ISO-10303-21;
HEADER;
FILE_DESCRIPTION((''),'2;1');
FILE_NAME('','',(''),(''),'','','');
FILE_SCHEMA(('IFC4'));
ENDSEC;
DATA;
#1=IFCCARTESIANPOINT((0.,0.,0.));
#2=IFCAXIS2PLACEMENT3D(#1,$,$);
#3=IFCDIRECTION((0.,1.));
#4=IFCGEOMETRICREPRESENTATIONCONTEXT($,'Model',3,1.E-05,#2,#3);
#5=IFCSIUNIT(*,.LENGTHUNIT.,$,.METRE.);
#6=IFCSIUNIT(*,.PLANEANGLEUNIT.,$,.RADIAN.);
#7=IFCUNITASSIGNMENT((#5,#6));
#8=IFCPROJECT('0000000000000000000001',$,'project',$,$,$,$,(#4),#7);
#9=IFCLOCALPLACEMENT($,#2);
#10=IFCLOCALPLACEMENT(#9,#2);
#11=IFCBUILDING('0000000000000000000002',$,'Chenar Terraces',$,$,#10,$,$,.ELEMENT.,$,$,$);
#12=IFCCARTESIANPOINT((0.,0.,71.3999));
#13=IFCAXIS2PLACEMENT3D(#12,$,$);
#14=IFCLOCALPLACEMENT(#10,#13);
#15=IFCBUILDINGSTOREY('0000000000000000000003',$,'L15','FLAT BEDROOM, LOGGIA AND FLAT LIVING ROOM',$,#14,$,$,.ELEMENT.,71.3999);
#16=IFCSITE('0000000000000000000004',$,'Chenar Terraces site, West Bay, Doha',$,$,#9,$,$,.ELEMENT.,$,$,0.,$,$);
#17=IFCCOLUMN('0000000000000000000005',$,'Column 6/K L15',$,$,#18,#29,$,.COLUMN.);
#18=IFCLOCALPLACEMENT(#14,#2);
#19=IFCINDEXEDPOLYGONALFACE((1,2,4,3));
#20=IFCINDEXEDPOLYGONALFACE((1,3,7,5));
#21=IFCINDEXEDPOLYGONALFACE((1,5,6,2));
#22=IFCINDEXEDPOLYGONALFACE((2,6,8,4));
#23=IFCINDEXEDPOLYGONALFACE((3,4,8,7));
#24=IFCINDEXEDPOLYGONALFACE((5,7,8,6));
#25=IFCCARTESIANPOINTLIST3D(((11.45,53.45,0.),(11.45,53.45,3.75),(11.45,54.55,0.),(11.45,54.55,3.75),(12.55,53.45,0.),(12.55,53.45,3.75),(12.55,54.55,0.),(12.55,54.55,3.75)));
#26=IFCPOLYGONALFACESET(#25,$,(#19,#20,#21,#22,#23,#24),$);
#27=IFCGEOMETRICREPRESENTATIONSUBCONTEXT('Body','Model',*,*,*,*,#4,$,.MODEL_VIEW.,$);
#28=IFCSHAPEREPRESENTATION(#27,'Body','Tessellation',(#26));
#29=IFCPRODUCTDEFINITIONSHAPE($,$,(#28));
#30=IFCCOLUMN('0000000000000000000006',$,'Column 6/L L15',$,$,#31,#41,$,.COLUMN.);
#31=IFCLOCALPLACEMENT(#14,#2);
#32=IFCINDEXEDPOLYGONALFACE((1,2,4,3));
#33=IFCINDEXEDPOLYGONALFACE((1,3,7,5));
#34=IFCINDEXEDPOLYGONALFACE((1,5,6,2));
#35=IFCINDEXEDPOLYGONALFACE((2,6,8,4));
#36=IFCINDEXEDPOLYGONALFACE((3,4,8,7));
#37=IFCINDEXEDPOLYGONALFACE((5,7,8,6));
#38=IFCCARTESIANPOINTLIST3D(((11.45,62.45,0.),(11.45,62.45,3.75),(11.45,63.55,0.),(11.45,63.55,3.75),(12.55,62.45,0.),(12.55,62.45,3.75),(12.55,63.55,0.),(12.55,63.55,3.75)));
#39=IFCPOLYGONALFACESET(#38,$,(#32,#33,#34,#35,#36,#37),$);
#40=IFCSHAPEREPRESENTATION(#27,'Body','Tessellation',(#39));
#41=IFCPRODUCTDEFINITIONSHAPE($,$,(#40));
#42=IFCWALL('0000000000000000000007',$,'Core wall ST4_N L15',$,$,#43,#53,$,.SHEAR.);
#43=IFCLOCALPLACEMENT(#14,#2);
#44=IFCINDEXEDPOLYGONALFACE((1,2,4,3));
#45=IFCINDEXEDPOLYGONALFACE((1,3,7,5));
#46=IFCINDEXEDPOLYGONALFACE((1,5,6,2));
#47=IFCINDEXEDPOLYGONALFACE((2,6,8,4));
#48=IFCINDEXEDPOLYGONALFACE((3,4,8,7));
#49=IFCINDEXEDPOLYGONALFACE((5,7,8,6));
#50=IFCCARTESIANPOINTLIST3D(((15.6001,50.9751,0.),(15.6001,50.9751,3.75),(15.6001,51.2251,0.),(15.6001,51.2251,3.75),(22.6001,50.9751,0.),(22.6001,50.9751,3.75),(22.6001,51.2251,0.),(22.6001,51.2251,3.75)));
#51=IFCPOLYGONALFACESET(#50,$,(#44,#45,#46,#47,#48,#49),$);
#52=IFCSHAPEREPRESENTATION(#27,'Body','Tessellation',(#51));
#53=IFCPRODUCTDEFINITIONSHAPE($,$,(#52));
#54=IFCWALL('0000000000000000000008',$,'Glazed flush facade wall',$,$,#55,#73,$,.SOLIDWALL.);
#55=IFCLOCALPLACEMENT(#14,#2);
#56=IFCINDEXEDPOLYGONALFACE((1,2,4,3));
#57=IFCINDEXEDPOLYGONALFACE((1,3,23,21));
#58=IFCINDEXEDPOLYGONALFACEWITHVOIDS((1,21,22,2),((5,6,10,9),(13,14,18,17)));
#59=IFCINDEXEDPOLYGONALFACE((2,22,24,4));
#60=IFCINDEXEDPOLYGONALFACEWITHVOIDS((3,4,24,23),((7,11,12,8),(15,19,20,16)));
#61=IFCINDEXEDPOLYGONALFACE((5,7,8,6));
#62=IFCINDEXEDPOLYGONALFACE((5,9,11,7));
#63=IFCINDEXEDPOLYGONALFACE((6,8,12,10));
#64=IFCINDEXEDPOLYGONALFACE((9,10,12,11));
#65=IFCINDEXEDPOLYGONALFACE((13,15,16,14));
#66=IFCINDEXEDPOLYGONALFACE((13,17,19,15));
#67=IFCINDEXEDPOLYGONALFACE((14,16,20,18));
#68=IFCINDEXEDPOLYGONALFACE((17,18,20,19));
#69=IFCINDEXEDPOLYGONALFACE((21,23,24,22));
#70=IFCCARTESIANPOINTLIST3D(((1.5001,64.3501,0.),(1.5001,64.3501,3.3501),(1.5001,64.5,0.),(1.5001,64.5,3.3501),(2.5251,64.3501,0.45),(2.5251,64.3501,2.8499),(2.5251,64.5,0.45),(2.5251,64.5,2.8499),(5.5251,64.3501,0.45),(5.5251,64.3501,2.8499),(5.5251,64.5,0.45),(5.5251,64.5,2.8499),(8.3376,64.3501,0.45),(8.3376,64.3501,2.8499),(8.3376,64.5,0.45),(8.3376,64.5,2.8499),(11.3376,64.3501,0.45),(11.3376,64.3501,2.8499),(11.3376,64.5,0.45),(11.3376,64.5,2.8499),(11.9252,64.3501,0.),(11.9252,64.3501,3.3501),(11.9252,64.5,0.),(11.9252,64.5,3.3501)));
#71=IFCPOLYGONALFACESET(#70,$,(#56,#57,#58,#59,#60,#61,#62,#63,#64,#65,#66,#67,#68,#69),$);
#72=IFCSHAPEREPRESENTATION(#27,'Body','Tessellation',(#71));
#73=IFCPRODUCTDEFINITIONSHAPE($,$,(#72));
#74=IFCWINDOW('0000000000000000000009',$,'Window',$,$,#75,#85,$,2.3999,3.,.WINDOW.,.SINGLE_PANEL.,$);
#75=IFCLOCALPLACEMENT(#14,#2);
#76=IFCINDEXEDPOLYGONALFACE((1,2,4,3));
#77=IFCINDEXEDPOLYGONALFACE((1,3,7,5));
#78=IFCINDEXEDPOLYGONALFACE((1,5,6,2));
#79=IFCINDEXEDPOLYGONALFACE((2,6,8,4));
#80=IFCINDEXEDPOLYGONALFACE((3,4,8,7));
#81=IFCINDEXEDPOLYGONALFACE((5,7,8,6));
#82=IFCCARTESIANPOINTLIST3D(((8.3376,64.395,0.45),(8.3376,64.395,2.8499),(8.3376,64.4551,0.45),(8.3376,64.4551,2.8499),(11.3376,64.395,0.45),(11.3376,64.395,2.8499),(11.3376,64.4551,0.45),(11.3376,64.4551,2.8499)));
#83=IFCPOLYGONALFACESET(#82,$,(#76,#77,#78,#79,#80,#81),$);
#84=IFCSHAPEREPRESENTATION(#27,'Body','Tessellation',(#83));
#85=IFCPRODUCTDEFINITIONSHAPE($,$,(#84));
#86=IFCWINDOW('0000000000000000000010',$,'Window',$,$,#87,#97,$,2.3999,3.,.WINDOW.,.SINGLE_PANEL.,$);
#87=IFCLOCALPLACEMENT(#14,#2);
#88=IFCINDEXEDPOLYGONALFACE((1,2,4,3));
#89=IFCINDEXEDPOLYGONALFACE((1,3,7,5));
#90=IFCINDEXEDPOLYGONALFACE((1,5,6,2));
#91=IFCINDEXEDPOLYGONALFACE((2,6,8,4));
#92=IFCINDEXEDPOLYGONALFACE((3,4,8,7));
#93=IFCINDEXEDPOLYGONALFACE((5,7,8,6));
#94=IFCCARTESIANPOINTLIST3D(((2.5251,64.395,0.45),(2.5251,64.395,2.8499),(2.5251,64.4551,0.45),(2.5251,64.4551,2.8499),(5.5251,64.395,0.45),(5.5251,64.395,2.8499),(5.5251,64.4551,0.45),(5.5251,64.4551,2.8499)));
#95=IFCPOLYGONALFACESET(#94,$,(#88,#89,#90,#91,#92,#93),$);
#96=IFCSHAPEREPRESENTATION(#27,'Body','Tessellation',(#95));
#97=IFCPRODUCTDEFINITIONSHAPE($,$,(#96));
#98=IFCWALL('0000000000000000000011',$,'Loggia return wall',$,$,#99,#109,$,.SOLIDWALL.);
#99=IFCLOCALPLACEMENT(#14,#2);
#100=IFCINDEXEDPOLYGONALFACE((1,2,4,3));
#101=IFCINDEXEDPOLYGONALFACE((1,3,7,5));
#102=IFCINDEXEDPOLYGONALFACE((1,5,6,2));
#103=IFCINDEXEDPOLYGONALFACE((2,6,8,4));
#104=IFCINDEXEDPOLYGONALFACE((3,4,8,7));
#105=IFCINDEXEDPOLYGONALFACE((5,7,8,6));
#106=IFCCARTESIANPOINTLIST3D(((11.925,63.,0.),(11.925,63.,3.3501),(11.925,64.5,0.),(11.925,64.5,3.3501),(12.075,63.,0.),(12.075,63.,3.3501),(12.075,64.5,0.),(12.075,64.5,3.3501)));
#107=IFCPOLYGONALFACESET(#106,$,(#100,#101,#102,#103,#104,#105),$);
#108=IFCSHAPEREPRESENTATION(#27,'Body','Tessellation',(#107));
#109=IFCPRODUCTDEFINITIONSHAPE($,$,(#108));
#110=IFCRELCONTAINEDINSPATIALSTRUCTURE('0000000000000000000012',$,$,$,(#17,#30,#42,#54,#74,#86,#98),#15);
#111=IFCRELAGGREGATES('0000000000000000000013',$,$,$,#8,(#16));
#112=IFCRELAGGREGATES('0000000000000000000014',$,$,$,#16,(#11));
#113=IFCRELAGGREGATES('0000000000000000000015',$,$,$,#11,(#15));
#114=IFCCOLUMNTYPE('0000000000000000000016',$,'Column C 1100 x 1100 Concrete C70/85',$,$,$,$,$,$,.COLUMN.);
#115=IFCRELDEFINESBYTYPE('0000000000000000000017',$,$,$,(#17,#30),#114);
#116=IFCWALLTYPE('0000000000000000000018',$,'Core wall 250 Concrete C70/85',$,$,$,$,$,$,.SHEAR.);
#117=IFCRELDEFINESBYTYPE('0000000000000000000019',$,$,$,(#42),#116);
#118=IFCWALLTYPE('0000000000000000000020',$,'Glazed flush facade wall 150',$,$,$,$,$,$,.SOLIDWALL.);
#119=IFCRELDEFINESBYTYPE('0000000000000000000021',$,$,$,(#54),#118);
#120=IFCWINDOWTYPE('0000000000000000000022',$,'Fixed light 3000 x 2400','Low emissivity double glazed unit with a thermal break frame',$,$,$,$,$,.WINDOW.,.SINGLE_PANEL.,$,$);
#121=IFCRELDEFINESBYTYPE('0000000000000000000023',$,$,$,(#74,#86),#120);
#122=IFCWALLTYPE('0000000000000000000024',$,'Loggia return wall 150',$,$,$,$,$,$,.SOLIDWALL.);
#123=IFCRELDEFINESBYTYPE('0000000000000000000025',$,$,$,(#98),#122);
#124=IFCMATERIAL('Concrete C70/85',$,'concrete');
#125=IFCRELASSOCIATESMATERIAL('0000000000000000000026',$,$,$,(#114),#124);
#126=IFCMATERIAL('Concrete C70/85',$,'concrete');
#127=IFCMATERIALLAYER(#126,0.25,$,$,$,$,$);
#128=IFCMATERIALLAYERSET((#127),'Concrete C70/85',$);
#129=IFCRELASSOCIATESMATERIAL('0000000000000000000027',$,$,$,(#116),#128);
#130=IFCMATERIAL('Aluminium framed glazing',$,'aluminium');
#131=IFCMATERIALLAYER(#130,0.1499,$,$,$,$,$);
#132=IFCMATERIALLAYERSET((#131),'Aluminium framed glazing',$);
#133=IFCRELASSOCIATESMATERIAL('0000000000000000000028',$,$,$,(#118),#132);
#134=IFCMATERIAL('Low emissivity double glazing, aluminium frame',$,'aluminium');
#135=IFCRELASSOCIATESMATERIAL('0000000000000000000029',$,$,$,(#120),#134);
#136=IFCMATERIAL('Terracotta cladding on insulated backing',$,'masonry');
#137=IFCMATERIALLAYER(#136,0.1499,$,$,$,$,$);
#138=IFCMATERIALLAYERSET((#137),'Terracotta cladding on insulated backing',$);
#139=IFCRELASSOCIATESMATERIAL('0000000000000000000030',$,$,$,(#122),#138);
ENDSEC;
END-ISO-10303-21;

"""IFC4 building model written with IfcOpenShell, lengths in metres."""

from ifc_helpers import new_model, si_unit, direction, frame, frame_2d, origin, origin_2d, place, context, subcontext, project, spatial, rectangle, extrude, material, layer, layer_set, material_profile, profile_set, type_object, element, fill, save


model = new_model("IFC4")

# Units and contexts
model_context = context("Model", 3, precision=1e-05, world=origin(), true_north=direction((0.0, 1.0)))
body_context = subcontext(model_context, "Body", "Model", "MODEL_VIEW")
ifc_project = project(units=[si_unit("LENGTHUNIT", "METRE"), si_unit("PLANEANGLEUNIT", "RADIAN")], contexts=[model_context])

# Site, building, storey
site_placement = place(None, origin())
site = spatial("IfcSite", under=ifc_project, at=site_placement, Name="Chenar Terraces site, West Bay, Doha", CompositionType="ELEMENT", RefElevation=0.0)
building_placement = place(site_placement, origin())
building = spatial("IfcBuilding", under=site, at=building_placement, Name="Chenar Terraces", CompositionType="ELEMENT")
storey_placement = place(building_placement, frame((0.0, 0.0, 71.3999)))
storey = spatial("IfcBuildingStorey", under=building, at=storey_placement, Name="L15", Description="FLAT BEDROOM, LOGGIA AND FLAT LIVING ROOM", CompositionType="ELEMENT", Elevation=71.3999)

# Columns
ifc_material_1 = material(Name="Concrete C70/85", Category="concrete")
ifc_material_profile_1 = material_profile(ifc_material_1, rectangle(XDim=1.1001, YDim=1.1001, at=origin_2d()), Name="C 1100 x 1100")
ifc_profile_set_1 = profile_set([ifc_material_profile_1], Name="Concrete C70/85")
column_type = type_object("IfcColumnType", Name="Column C 1100 x 1100 Concrete C70/85", PredefinedType="COLUMN", material=ifc_profile_set_1)
for number, where, z_axis, x_axis, name in (
    (1, (12.0, 54.0, 0.0), (0.0, 0.0, 1.0), (1.0, 0.0, 0.0), "Column 6/K L15"),
    (2, (12.0, 63.0, 0.0), (0.0, 0.0, 1.0), (1.0, 0.0, 0.0), "Column 6/L L15"),
):
    element("IfcColumn", number, at=place(storey_placement, frame(where, z_axis=z_axis, x_axis=x_axis)), inside=storey, type_object=column_type, Name=name, PredefinedType="COLUMN", context=body_context, shape_type="SweptSolid", body=[
        extrude(rectangle(XDim=1.1001, YDim=1.1001, at=origin_2d()), origin(), (0.0, 0.0, 1.0), 3.75),
    ])

# Wall
ifc_material_2 = material(Name="Concrete C70/85", Category="concrete")
ifc_layer_1 = layer(ifc_material_2, 0.25)
ifc_layer_set_1 = layer_set([ifc_layer_1], Name="Concrete C70/85")
wall_type_1 = type_object("IfcWallType", Name="Core wall 250 Concrete C70/85", PredefinedType="SHEAR", material=ifc_layer_set_1)
wall_1_placement = place(storey_placement, frame((15.6001, 51.1001, 0.0), z_axis=(0.0, 0.0, 1.0), x_axis=(1.0, 0.0, 0.0)))
element("IfcWall", 3, at=wall_1_placement, inside=storey, type_object=wall_type_1, Name="Core wall ST4_N L15", PredefinedType="SHEAR", context=body_context, shape_type="SweptSolid", body=[
    extrude(rectangle(XDim=7.0, YDim=0.25, at=frame_2d((3.5, 0.0))), origin(), (0.0, 0.0, 1.0), 3.75),
])

# Wall, openings, windows
ifc_material_3 = material(Name="Aluminium framed glazing", Category="aluminium")
ifc_layer_2 = layer(ifc_material_3, 0.1499)
ifc_layer_set_2 = layer_set([ifc_layer_2], Name="Aluminium framed glazing")
wall_type_2 = type_object("IfcWallType", Name="Glazed flush facade wall 150", PredefinedType="SOLIDWALL", material=ifc_layer_set_2)
wall_2_placement = place(storey_placement, frame((11.925, 64.425, 0.0), z_axis=(0.0, 0.0, 1.0), x_axis=(-1.0, 0.0, 0.0)))
wall_2 = element("IfcWall", 4, at=wall_2_placement, inside=storey, type_object=wall_type_2, Name="Glazed flush facade wall", PredefinedType="SOLIDWALL", context=body_context, shape_type="SweptSolid", body=[
    extrude(rectangle(XDim=10.425, YDim=0.1499, at=frame_2d((5.2124, 0.0))), origin(), (0.0, 0.0, 1.0), 3.3501),
])
opening_1_placement = place(wall_2_placement, frame((0.5874, 0.0, 0.45)))
opening_1 = element("IfcOpeningElement", 5, at=opening_1_placement, cuts=wall_2, PredefinedType="OPENING", context=body_context, shape_type="SweptSolid", body=[
    extrude(rectangle(XDim=3.0, YDim=2.3999, at=frame_2d((1.5, 1.2))), frame((0.0, 0.085, 0.0), z_axis=(0.0, -1.0, 0.0), x_axis=(1.0, 0.0, 0.0)), (0.0, 0.0, 1.0), 0.1699),
])
opening_2_placement = place(wall_2_placement, frame((6.3999, 0.0, 0.45)))
opening_2 = element("IfcOpeningElement", 6, at=opening_2_placement, cuts=wall_2, PredefinedType="OPENING", context=body_context, shape_type="SweptSolid", body=[
    extrude(rectangle(XDim=3.0, YDim=2.3999, at=frame_2d((1.5, 1.2))), frame((0.0, 0.085, 0.0), z_axis=(0.0, -1.0, 0.0), x_axis=(1.0, 0.0, 0.0)), (0.0, 0.0, 1.0), 0.1699),
])
ifc_material_4 = material(Name="Low emissivity double glazing, aluminium frame", Category="aluminium")
window_type = type_object("IfcWindowType", Name="Fixed light 3000 x 2400", Description="Low emissivity double glazed unit with a thermal break frame", PartitioningType="SINGLE_PANEL", PredefinedType="WINDOW", material=ifc_material_4)
window_1_placement = place(opening_1_placement, origin())
window_1 = element("IfcWindow", 7, at=window_1_placement, inside=storey, type_object=window_type, Name="Window", OverallHeight=2.3999, OverallWidth=3.0, PartitioningType="SINGLE_PANEL", PredefinedType="WINDOW", context=body_context, shape_type="SweptSolid", body=[
    extrude(rectangle(XDim=3.0, YDim=2.3999, at=frame_2d((1.5, 1.2))), frame((0.0, 0.03, 0.0), z_axis=(0.0, -1.0, 0.0), x_axis=(1.0, 0.0, 0.0)), (0.0, 0.0, 1.0), 0.0601),
])
fill(opening_1, window_1)
window_2_placement = place(opening_2_placement, origin())
window_2 = element("IfcWindow", 8, at=window_2_placement, inside=storey, type_object=window_type, Name="Window", OverallHeight=2.3999, OverallWidth=3.0, PartitioningType="SINGLE_PANEL", PredefinedType="WINDOW", context=body_context, shape_type="SweptSolid", body=[
    extrude(rectangle(XDim=3.0, YDim=2.3999, at=frame_2d((1.5, 1.2))), frame((0.0, 0.03, 0.0), z_axis=(0.0, -1.0, 0.0), x_axis=(1.0, 0.0, 0.0)), (0.0, 0.0, 1.0), 0.0601),
])
fill(opening_2, window_2)

# Wall
ifc_material_5 = material(Name="Terracotta cladding on insulated backing", Category="masonry")
ifc_layer_3 = layer(ifc_material_5, 0.1499)
ifc_layer_set_3 = layer_set([ifc_layer_3], Name="Terracotta cladding on insulated backing")
wall_type_3 = type_object("IfcWallType", Name="Loggia return wall 150", PredefinedType="SOLIDWALL", material=ifc_layer_set_3)
wall_3_placement = place(storey_placement, frame((12.0, 64.5, 0.0), z_axis=(0.0, 0.0, 1.0), x_axis=(0.0, -1.0, 0.0)))
element("IfcWall", 9, at=wall_3_placement, inside=storey, type_object=wall_type_3, Name="Loggia return wall", PredefinedType="SOLIDWALL", context=body_context, shape_type="SweptSolid", body=[
    extrude(rectangle(XDim=1.5, YDim=0.1499, at=frame_2d((0.75, 0.0))), origin(), (0.0, 0.0, 1.0), 3.3501),
])

save(model, "model.ifc")
